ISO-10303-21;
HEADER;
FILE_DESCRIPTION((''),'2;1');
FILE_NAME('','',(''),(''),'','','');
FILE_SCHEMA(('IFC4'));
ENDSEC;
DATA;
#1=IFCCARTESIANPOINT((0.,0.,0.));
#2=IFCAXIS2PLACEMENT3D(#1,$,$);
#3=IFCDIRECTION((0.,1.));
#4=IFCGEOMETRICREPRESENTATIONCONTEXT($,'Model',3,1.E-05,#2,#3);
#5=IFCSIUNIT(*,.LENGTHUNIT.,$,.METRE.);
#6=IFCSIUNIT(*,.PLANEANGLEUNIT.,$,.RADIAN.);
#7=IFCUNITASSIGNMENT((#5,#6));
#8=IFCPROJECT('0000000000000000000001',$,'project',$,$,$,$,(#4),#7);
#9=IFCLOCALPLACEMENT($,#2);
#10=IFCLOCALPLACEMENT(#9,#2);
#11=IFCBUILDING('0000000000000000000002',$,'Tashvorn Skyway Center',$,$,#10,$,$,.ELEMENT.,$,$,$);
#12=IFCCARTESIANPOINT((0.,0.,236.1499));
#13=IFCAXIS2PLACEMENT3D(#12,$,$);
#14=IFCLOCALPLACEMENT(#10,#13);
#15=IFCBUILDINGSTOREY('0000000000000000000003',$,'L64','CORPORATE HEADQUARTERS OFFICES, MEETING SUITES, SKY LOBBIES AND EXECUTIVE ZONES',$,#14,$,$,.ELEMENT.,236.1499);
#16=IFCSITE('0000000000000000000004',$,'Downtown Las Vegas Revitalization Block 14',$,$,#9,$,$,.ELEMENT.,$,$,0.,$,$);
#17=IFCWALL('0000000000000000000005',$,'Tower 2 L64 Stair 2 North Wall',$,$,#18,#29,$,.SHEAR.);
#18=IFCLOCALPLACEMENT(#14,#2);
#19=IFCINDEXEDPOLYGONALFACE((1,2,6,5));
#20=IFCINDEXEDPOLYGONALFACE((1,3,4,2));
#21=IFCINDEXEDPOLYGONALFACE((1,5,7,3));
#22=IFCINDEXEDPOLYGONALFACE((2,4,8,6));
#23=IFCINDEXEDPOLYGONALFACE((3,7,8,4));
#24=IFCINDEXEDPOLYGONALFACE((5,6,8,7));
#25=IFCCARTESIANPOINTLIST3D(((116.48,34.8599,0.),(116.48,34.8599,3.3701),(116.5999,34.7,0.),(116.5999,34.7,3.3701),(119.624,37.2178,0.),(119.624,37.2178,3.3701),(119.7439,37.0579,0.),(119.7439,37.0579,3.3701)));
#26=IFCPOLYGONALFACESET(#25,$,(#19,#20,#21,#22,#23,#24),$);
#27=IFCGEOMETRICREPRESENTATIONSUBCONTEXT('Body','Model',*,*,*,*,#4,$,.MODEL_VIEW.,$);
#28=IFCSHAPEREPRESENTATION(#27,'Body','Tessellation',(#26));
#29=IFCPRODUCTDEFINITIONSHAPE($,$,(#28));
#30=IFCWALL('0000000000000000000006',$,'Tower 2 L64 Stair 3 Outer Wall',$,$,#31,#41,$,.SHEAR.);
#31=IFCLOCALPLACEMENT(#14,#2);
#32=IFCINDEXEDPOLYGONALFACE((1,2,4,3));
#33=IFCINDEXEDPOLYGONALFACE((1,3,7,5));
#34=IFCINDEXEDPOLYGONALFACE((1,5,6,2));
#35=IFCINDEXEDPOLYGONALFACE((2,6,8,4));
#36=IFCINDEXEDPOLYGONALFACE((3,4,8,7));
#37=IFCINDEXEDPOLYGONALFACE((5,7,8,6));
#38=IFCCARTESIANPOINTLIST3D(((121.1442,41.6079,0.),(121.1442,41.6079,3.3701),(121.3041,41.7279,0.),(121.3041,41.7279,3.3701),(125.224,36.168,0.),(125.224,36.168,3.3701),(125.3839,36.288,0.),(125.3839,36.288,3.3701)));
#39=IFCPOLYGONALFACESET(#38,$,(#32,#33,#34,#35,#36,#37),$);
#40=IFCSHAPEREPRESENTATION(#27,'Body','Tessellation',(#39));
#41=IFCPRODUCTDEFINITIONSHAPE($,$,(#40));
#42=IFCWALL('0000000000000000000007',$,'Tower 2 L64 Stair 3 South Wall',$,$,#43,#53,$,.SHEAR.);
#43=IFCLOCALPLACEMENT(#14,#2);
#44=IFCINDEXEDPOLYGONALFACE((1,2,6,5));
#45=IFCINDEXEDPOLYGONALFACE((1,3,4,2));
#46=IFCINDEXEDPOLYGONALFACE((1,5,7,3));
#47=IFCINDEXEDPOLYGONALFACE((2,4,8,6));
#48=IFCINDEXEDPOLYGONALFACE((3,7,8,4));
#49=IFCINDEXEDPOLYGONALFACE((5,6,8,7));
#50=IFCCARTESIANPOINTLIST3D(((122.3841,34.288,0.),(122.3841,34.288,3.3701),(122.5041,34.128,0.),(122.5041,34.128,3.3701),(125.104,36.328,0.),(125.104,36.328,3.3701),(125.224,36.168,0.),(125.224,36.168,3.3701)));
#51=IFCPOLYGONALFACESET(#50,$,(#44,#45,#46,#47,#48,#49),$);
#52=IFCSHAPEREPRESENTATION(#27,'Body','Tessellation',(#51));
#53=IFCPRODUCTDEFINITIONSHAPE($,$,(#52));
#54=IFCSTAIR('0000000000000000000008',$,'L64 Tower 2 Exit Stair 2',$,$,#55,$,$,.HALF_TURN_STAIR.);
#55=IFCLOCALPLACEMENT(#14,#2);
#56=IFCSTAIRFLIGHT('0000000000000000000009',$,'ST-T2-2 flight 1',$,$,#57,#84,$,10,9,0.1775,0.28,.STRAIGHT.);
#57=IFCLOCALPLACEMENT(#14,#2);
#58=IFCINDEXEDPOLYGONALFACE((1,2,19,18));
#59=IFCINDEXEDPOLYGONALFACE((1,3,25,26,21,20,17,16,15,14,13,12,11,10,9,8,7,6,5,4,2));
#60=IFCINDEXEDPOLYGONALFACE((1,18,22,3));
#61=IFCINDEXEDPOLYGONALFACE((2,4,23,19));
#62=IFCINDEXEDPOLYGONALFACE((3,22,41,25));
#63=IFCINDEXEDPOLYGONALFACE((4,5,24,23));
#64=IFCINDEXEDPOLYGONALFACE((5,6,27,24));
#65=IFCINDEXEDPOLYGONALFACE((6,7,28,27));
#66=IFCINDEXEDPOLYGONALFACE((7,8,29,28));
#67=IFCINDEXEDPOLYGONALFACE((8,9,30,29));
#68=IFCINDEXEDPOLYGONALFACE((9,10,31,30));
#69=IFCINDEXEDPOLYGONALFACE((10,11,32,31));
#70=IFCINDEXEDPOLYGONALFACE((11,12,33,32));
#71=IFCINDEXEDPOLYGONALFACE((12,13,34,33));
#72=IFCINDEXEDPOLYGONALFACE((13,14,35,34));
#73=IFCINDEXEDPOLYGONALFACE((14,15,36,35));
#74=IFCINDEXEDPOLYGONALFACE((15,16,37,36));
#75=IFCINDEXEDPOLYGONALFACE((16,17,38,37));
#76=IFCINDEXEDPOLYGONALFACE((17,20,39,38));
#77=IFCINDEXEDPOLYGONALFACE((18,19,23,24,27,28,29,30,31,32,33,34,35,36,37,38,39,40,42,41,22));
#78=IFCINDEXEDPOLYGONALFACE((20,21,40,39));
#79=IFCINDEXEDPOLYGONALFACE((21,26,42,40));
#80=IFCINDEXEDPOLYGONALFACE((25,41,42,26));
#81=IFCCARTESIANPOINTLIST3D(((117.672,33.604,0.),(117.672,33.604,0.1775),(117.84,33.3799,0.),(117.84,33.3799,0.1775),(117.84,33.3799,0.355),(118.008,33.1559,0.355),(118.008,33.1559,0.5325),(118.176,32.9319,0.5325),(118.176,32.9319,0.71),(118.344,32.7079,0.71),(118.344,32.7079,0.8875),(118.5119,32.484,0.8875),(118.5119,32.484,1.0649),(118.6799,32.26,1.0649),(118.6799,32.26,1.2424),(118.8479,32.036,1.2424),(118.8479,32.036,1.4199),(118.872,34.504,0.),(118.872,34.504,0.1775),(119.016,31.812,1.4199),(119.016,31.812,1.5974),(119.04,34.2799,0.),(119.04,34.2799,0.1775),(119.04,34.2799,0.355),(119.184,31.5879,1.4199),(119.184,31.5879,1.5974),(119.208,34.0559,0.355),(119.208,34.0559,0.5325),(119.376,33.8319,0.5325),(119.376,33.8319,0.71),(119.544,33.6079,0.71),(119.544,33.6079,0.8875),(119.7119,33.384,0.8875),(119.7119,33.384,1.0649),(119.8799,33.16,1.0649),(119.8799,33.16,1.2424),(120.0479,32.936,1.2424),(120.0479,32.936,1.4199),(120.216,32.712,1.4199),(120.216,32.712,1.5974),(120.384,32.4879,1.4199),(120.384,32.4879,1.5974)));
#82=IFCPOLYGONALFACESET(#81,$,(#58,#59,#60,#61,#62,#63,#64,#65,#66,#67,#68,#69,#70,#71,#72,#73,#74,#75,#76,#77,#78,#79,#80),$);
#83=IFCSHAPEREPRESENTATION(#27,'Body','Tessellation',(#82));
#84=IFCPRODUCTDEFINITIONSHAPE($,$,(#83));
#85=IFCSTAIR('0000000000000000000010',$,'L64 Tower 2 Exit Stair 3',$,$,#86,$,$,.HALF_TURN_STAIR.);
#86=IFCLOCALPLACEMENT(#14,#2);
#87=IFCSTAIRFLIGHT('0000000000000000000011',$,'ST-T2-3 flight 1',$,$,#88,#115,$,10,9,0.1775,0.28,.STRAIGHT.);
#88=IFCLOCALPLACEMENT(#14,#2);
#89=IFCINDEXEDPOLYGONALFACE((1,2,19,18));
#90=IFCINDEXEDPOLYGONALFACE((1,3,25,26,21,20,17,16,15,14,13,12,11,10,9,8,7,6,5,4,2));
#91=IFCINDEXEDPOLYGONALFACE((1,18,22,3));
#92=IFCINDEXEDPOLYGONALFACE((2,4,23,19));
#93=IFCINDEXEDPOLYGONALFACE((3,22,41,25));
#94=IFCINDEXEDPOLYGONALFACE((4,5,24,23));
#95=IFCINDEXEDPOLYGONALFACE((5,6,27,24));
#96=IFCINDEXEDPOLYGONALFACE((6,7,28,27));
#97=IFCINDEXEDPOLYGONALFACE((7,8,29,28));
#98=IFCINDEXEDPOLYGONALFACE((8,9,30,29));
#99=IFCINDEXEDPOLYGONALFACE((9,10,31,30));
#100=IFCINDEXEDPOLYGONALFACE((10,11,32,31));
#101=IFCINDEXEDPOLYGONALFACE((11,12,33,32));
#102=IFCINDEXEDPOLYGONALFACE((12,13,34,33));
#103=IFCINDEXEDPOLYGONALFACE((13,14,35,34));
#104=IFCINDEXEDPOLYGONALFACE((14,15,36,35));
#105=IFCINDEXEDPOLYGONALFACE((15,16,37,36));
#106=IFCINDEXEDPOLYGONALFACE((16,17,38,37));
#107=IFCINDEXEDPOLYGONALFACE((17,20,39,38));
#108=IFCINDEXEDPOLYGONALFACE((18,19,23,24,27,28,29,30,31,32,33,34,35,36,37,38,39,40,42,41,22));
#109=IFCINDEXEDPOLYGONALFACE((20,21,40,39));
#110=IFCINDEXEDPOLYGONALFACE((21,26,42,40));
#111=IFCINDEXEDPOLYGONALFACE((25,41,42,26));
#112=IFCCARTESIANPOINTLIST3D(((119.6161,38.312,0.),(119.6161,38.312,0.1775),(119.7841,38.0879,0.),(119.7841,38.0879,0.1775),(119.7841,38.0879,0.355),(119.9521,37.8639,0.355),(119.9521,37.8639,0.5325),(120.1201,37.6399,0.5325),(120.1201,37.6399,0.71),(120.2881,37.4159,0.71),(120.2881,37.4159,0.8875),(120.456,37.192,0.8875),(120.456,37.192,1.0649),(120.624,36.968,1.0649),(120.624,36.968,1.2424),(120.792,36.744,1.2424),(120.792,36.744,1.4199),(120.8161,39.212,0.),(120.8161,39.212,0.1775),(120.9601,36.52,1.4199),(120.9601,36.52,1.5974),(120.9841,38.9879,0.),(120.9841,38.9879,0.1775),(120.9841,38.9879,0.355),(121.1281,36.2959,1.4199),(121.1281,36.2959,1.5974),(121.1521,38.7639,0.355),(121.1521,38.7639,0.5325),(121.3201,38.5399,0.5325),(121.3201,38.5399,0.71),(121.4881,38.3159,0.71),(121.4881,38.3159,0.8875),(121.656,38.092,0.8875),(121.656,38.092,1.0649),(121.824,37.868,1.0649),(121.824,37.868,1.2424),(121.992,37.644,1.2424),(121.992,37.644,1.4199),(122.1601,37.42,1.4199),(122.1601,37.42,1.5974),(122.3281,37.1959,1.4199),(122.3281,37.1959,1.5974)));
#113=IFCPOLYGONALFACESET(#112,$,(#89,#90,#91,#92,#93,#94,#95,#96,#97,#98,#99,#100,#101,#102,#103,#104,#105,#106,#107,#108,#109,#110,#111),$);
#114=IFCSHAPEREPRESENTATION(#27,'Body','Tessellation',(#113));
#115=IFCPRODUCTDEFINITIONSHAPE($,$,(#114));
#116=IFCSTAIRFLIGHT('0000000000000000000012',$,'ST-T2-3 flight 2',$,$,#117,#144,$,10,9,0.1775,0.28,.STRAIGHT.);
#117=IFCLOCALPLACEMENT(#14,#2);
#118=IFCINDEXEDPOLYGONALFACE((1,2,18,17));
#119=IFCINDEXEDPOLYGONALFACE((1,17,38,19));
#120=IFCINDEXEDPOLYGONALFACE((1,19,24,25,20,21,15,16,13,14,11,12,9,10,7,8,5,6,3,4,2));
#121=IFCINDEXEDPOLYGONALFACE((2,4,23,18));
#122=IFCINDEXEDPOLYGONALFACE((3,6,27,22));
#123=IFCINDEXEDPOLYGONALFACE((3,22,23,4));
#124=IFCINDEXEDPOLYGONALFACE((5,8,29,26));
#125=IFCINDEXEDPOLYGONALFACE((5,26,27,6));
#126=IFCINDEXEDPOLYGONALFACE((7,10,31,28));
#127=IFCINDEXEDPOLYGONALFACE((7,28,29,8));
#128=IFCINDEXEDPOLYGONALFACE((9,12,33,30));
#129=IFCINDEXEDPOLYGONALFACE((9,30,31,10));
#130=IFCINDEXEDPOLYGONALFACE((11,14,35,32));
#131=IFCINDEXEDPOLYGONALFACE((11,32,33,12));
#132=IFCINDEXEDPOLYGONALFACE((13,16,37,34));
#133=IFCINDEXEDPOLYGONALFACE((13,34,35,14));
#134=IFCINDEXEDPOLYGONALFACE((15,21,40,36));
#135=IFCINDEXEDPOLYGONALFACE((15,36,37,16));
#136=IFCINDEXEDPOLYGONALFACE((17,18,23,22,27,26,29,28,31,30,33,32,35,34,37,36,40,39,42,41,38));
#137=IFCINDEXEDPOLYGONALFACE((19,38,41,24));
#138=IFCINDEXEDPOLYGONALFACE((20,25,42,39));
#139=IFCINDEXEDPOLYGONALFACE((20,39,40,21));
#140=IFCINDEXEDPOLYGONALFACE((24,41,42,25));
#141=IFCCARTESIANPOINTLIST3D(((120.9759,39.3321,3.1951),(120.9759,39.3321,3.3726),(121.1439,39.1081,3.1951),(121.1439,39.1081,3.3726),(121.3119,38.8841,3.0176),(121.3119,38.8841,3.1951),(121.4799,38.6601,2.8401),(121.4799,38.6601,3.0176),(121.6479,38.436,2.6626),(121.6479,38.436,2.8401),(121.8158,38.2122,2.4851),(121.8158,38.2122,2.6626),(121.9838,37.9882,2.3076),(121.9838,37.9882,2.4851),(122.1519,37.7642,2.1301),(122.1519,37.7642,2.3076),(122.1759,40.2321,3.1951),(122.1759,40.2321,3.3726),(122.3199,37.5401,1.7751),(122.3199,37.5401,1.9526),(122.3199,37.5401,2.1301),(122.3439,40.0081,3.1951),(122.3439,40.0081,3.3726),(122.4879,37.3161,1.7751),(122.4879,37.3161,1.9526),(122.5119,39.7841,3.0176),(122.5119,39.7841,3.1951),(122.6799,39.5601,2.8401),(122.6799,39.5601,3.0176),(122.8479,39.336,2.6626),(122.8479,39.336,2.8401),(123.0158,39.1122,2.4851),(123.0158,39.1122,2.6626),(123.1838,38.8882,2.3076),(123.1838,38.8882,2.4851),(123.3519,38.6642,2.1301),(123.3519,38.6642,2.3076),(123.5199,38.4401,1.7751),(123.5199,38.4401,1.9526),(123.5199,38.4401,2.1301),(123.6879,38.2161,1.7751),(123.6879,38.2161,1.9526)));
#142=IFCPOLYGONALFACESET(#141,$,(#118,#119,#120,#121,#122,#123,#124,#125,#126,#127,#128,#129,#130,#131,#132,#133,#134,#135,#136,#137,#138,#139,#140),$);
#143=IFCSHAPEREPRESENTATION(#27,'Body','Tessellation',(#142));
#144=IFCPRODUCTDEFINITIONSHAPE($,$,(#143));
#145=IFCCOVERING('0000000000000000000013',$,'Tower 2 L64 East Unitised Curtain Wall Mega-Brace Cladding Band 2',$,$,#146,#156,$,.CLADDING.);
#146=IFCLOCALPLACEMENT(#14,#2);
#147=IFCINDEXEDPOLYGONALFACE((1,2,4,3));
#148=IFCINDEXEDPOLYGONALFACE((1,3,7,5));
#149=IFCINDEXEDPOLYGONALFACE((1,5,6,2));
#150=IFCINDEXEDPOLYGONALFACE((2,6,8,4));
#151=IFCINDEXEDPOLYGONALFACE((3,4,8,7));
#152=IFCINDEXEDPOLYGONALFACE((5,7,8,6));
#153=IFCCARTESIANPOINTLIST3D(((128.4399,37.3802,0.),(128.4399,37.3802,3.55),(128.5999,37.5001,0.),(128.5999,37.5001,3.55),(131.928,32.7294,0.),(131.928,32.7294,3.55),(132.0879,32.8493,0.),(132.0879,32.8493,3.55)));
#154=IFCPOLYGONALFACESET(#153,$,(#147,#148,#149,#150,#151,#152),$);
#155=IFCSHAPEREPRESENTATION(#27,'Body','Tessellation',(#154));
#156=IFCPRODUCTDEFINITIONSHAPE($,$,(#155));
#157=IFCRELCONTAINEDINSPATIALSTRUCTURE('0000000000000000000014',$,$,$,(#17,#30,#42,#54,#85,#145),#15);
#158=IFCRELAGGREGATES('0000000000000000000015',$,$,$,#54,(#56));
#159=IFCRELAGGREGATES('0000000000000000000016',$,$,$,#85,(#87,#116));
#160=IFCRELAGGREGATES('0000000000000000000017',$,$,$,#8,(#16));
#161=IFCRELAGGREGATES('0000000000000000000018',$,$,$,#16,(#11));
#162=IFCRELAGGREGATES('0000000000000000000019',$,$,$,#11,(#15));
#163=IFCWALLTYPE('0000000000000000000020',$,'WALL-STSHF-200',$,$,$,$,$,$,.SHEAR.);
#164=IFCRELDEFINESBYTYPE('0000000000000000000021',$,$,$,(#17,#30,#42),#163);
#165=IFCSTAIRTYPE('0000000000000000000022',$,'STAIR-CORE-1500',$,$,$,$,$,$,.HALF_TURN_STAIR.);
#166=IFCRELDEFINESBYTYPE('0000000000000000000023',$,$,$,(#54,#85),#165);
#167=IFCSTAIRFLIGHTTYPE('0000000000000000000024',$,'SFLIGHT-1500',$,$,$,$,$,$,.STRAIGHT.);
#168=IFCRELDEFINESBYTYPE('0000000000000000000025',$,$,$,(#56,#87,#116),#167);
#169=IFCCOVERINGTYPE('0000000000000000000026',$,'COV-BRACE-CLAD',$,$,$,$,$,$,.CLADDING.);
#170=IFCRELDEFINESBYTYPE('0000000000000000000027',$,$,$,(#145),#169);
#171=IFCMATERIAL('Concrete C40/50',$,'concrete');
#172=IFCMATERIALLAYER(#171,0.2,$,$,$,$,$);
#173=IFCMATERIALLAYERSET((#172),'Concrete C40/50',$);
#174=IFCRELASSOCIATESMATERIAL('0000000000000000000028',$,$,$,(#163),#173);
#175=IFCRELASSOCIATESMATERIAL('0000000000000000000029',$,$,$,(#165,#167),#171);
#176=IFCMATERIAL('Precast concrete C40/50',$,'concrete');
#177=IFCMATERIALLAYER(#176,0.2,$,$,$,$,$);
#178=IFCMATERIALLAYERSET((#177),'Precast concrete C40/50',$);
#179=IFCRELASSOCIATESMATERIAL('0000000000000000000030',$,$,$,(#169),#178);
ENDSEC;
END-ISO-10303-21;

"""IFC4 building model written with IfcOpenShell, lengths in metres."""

from ifc_helpers import new_model, si_unit, direction, frame, frame_2d, origin, origin_2d, place, context, subcontext, project, spatial, polyline, rectangle, outline, extrude, material, layer, layer_set, type_object, element, aggregate, save


model = new_model("IFC4")

# Units and contexts
model_context = context("Model", 3, precision=1e-05, world=origin(), true_north=direction((0.0, 1.0)))
body_context = subcontext(model_context, "Body", "Model", "MODEL_VIEW")
ifc_project = project(units=[si_unit("LENGTHUNIT", "METRE"), si_unit("PLANEANGLEUNIT", "RADIAN")], contexts=[model_context])

# Site, building, storey
site_placement = place(None, origin())
site = spatial("IfcSite", under=ifc_project, at=site_placement, Name="Downtown Las Vegas Revitalization Block 14", CompositionType="ELEMENT", RefElevation=0.0)
building_placement = place(site_placement, origin())
building = spatial("IfcBuilding", under=site, at=building_placement, Name="Tashvorn Skyway Center", CompositionType="ELEMENT")
storey_placement = place(building_placement, frame((0.0, 0.0, 236.1499)))
storey = spatial("IfcBuildingStorey", under=building, at=storey_placement, Name="L64", Description="CORPORATE HEADQUARTERS OFFICES, MEETING SUITES, SKY LOBBIES AND EXECUTIVE ZONES", CompositionType="ELEMENT", Elevation=236.1499)

# Shared definitions
ifc_material_1 = material(Name="Concrete C40/50", Category="concrete")

# Shared definitions
ifc_layer_1 = layer(ifc_material_1, 0.2)
ifc_layer_set_1 = layer_set([ifc_layer_1], Name="Concrete C40/50")
wall_type_1 = type_object("IfcWallType", Name="WALL-STSHF-200", PredefinedType="SHEAR", material=ifc_layer_set_1)

# Walls
wall_1_placement = place(storey_placement, frame((116.54, 34.78, 0.0), z_axis=(0.0, 0.0, 1.0), x_axis=(0.800015, 0.59998, 0.0)))
element("IfcWall", 1, at=wall_1_placement, inside=storey, type_object=wall_type_1, Name="Tower 2 L64 Stair 2 North Wall", PredefinedType="SHEAR", context=body_context, shape_type="SweptSolid", body=[
    extrude(rectangle(XDim=3.9299, YDim=0.2, at=frame_2d((1.9648, 0.0))), origin(), (0.0, 0.0, 1.0), 3.3701),
])
wall_2_placement = place(storey_placement, frame((125.304, 36.228, 0.0), z_axis=(0.0, 0.0, 1.0), x_axis=(-0.599989, 0.800009, 0.0)))
element("IfcWall", 2, at=wall_2_placement, inside=storey, type_object=wall_type_1, Name="Tower 2 L64 Stair 3 Outer Wall", PredefinedType="SHEAR", context=body_context, shape_type="SweptSolid", body=[
    extrude(rectangle(XDim=6.7998, YDim=0.2, at=frame_2d((3.3999, 0.0))), origin(), (0.0, 0.0, 1.0), 3.3701),
])
wall_3_placement = place(storey_placement, frame((122.4441, 34.208, 0.0), z_axis=(0.0, 0.0, 1.0), x_axis=(0.799991, 0.600011, 0.0)))
element("IfcWall", 3, at=wall_3_placement, inside=storey, type_object=wall_type_1, Name="Tower 2 L64 Stair 3 South Wall", PredefinedType="SHEAR", context=body_context, shape_type="SweptSolid", body=[
    extrude(rectangle(XDim=3.3999, YDim=0.2, at=frame_2d((1.7, 0.0))), origin(), (0.0, 0.0, 1.0), 3.3701),
])

# Stair, stair flight
stair_type = type_object("IfcStairType", Name="STAIR-CORE-1500", PredefinedType="HALF_TURN_STAIR", material=ifc_material_1)
stair_1_placement = place(storey_placement, origin())
stair_1 = element("IfcStair", 4, at=stair_1_placement, inside=storey, type_object=stair_type, Name="L64 Tower 2 Exit Stair 2", PredefinedType="HALF_TURN_STAIR")
stair_flight_type = type_object("IfcStairFlightType", Name="SFLIGHT-1500", PredefinedType="STRAIGHT", material=ifc_material_1)
stair_flight_1_placement = place(storey_placement, frame((118.272, 34.054, 0.0), z_axis=(0.0, 0.0, 1.0), x_axis=(0.6, -0.8, 0.0)))
stair_flight_1 = element("IfcStairFlight", 5, at=stair_flight_1_placement, type_object=stair_flight_type, Name="ST-T2-2 flight 1", NumberOfRisers=10, NumberOfTreads=9, PredefinedType="STRAIGHT", RiserHeight=0.1775, TreadLength=0.28, context=body_context, shape_type="SweptSolid", body=[
    extrude(outline(polyline([(0.0, 0.0), (0.0, 0.1775), (0.28, 0.1775), (0.28, 0.355), (0.5601, 0.355), (0.5601, 0.5325), (0.8401, 0.5325), (0.8401, 0.71), (1.1201, 0.71), (1.1201, 0.8875), (1.3999, 0.8875), (1.3999, 1.0649), (1.6799, 1.0649), (1.6799, 1.2424), (1.96, 1.2424), (1.96, 1.4199), (2.24, 1.4199), (2.24, 1.5974), (2.52, 1.5974), (2.52, 1.7749), (2.52, 1.4199), (0.28, 0.0), (0.0, 0.0)])), frame((0.0, 0.75, 0.0), z_axis=(0.0, -1.0, 0.0), x_axis=(1.0, 0.0, 0.0)), (0.0, 0.0, 1.0), 1.5),
])
aggregate(stair_1, [stair_flight_1])

# Stair, stair flights
stair_2_placement = place(storey_placement, origin())
stair_2 = element("IfcStair", 6, at=stair_2_placement, inside=storey, type_object=stair_type, Name="L64 Tower 2 Exit Stair 3", PredefinedType="HALF_TURN_STAIR")
stair_flight_2_placement = place(storey_placement, frame((120.2161, 38.762, 0.0), z_axis=(0.0, 0.0, 1.0), x_axis=(0.6, -0.8, 0.0)))
stair_flight_2 = element("IfcStairFlight", 7, at=stair_flight_2_placement, type_object=stair_flight_type, Name="ST-T2-3 flight 1", NumberOfRisers=10, NumberOfTreads=9, PredefinedType="STRAIGHT", RiserHeight=0.1775, TreadLength=0.28, context=body_context, shape_type="SweptSolid", body=[
    extrude(outline(polyline([(0.0, 0.0), (0.0, 0.1775), (0.28, 0.1775), (0.28, 0.355), (0.5601, 0.355), (0.5601, 0.5325), (0.8401, 0.5325), (0.8401, 0.71), (1.1201, 0.71), (1.1201, 0.8875), (1.3999, 0.8875), (1.3999, 1.0649), (1.6799, 1.0649), (1.6799, 1.2424), (1.96, 1.2424), (1.96, 1.4199), (2.24, 1.4199), (2.24, 1.5974), (2.52, 1.5974), (2.52, 1.7749), (2.52, 1.4199), (0.28, 0.0), (0.0, 0.0)])), frame((0.0, 0.75, 0.0), z_axis=(0.0, -1.0, 0.0), x_axis=(1.0, 0.0, 0.0)), (0.0, 0.0, 1.0), 1.5),
])
stair_flight_3_placement = place(storey_placement, frame((123.0879, 37.7661, 1.7751), z_axis=(0.0, 0.0, 1.0), x_axis=(-0.6, 0.8, 0.0)))
stair_flight_3 = element("IfcStairFlight", 8, at=stair_flight_3_placement, type_object=stair_flight_type, Name="ST-T2-3 flight 2", NumberOfRisers=10, NumberOfTreads=9, PredefinedType="STRAIGHT", RiserHeight=0.1775, TreadLength=0.28, context=body_context, shape_type="SweptSolid", body=[
    extrude(outline(polyline([(0.0, 0.0), (0.0, 0.1775), (0.28, 0.1775), (0.28, 0.355), (0.5601, 0.355), (0.5601, 0.5325), (0.8401, 0.5325), (0.8401, 0.71), (1.1201, 0.71), (1.1201, 0.8875), (1.3999, 0.8875), (1.3999, 1.0649), (1.6799, 1.0649), (1.6799, 1.2424), (1.96, 1.2424), (1.96, 1.4199), (2.24, 1.4199), (2.24, 1.5974), (2.52, 1.5974), (2.52, 1.7749), (2.52, 1.4199), (0.28, 0.0), (0.0, 0.0)])), frame((0.0, 0.75, 0.0), z_axis=(0.0, -1.0, 0.0), x_axis=(1.0, 0.0, 0.0)), (0.0, 0.0, 1.0), 1.5),
])
aggregate(stair_2, [stair_flight_2, stair_flight_3])

# Covering
ifc_material_2 = material(Name="Precast concrete C40/50", Category="concrete")
ifc_layer_2 = layer(ifc_material_2, 0.2)
ifc_layer_set_2 = layer_set([ifc_layer_2], Name="Precast concrete C40/50")
covering_type = type_object("IfcCoveringType", Name="COV-BRACE-CLAD", PredefinedType="CLADDING", material=ifc_layer_set_2)
covering_placement = place(storey_placement, frame((130.2639, 35.1147, 0.0), z_axis=(0.0, 0.0, 1.0), x_axis=(0.6, -0.8, 0.0)))
element("IfcCovering", 9, at=covering_placement, inside=storey, type_object=covering_type, Name="Tower 2 L64 East Unitised Curtain Wall Mega-Brace Cladding Band 2", PredefinedType="CLADDING", context=body_context, shape_type="SweptSolid", body=[
    extrude(rectangle(XDim=5.8135, YDim=0.2, at=origin_2d()), origin(), (0.0, 0.0, 1.0), 3.55),
])

save(model, "model.ifc")
